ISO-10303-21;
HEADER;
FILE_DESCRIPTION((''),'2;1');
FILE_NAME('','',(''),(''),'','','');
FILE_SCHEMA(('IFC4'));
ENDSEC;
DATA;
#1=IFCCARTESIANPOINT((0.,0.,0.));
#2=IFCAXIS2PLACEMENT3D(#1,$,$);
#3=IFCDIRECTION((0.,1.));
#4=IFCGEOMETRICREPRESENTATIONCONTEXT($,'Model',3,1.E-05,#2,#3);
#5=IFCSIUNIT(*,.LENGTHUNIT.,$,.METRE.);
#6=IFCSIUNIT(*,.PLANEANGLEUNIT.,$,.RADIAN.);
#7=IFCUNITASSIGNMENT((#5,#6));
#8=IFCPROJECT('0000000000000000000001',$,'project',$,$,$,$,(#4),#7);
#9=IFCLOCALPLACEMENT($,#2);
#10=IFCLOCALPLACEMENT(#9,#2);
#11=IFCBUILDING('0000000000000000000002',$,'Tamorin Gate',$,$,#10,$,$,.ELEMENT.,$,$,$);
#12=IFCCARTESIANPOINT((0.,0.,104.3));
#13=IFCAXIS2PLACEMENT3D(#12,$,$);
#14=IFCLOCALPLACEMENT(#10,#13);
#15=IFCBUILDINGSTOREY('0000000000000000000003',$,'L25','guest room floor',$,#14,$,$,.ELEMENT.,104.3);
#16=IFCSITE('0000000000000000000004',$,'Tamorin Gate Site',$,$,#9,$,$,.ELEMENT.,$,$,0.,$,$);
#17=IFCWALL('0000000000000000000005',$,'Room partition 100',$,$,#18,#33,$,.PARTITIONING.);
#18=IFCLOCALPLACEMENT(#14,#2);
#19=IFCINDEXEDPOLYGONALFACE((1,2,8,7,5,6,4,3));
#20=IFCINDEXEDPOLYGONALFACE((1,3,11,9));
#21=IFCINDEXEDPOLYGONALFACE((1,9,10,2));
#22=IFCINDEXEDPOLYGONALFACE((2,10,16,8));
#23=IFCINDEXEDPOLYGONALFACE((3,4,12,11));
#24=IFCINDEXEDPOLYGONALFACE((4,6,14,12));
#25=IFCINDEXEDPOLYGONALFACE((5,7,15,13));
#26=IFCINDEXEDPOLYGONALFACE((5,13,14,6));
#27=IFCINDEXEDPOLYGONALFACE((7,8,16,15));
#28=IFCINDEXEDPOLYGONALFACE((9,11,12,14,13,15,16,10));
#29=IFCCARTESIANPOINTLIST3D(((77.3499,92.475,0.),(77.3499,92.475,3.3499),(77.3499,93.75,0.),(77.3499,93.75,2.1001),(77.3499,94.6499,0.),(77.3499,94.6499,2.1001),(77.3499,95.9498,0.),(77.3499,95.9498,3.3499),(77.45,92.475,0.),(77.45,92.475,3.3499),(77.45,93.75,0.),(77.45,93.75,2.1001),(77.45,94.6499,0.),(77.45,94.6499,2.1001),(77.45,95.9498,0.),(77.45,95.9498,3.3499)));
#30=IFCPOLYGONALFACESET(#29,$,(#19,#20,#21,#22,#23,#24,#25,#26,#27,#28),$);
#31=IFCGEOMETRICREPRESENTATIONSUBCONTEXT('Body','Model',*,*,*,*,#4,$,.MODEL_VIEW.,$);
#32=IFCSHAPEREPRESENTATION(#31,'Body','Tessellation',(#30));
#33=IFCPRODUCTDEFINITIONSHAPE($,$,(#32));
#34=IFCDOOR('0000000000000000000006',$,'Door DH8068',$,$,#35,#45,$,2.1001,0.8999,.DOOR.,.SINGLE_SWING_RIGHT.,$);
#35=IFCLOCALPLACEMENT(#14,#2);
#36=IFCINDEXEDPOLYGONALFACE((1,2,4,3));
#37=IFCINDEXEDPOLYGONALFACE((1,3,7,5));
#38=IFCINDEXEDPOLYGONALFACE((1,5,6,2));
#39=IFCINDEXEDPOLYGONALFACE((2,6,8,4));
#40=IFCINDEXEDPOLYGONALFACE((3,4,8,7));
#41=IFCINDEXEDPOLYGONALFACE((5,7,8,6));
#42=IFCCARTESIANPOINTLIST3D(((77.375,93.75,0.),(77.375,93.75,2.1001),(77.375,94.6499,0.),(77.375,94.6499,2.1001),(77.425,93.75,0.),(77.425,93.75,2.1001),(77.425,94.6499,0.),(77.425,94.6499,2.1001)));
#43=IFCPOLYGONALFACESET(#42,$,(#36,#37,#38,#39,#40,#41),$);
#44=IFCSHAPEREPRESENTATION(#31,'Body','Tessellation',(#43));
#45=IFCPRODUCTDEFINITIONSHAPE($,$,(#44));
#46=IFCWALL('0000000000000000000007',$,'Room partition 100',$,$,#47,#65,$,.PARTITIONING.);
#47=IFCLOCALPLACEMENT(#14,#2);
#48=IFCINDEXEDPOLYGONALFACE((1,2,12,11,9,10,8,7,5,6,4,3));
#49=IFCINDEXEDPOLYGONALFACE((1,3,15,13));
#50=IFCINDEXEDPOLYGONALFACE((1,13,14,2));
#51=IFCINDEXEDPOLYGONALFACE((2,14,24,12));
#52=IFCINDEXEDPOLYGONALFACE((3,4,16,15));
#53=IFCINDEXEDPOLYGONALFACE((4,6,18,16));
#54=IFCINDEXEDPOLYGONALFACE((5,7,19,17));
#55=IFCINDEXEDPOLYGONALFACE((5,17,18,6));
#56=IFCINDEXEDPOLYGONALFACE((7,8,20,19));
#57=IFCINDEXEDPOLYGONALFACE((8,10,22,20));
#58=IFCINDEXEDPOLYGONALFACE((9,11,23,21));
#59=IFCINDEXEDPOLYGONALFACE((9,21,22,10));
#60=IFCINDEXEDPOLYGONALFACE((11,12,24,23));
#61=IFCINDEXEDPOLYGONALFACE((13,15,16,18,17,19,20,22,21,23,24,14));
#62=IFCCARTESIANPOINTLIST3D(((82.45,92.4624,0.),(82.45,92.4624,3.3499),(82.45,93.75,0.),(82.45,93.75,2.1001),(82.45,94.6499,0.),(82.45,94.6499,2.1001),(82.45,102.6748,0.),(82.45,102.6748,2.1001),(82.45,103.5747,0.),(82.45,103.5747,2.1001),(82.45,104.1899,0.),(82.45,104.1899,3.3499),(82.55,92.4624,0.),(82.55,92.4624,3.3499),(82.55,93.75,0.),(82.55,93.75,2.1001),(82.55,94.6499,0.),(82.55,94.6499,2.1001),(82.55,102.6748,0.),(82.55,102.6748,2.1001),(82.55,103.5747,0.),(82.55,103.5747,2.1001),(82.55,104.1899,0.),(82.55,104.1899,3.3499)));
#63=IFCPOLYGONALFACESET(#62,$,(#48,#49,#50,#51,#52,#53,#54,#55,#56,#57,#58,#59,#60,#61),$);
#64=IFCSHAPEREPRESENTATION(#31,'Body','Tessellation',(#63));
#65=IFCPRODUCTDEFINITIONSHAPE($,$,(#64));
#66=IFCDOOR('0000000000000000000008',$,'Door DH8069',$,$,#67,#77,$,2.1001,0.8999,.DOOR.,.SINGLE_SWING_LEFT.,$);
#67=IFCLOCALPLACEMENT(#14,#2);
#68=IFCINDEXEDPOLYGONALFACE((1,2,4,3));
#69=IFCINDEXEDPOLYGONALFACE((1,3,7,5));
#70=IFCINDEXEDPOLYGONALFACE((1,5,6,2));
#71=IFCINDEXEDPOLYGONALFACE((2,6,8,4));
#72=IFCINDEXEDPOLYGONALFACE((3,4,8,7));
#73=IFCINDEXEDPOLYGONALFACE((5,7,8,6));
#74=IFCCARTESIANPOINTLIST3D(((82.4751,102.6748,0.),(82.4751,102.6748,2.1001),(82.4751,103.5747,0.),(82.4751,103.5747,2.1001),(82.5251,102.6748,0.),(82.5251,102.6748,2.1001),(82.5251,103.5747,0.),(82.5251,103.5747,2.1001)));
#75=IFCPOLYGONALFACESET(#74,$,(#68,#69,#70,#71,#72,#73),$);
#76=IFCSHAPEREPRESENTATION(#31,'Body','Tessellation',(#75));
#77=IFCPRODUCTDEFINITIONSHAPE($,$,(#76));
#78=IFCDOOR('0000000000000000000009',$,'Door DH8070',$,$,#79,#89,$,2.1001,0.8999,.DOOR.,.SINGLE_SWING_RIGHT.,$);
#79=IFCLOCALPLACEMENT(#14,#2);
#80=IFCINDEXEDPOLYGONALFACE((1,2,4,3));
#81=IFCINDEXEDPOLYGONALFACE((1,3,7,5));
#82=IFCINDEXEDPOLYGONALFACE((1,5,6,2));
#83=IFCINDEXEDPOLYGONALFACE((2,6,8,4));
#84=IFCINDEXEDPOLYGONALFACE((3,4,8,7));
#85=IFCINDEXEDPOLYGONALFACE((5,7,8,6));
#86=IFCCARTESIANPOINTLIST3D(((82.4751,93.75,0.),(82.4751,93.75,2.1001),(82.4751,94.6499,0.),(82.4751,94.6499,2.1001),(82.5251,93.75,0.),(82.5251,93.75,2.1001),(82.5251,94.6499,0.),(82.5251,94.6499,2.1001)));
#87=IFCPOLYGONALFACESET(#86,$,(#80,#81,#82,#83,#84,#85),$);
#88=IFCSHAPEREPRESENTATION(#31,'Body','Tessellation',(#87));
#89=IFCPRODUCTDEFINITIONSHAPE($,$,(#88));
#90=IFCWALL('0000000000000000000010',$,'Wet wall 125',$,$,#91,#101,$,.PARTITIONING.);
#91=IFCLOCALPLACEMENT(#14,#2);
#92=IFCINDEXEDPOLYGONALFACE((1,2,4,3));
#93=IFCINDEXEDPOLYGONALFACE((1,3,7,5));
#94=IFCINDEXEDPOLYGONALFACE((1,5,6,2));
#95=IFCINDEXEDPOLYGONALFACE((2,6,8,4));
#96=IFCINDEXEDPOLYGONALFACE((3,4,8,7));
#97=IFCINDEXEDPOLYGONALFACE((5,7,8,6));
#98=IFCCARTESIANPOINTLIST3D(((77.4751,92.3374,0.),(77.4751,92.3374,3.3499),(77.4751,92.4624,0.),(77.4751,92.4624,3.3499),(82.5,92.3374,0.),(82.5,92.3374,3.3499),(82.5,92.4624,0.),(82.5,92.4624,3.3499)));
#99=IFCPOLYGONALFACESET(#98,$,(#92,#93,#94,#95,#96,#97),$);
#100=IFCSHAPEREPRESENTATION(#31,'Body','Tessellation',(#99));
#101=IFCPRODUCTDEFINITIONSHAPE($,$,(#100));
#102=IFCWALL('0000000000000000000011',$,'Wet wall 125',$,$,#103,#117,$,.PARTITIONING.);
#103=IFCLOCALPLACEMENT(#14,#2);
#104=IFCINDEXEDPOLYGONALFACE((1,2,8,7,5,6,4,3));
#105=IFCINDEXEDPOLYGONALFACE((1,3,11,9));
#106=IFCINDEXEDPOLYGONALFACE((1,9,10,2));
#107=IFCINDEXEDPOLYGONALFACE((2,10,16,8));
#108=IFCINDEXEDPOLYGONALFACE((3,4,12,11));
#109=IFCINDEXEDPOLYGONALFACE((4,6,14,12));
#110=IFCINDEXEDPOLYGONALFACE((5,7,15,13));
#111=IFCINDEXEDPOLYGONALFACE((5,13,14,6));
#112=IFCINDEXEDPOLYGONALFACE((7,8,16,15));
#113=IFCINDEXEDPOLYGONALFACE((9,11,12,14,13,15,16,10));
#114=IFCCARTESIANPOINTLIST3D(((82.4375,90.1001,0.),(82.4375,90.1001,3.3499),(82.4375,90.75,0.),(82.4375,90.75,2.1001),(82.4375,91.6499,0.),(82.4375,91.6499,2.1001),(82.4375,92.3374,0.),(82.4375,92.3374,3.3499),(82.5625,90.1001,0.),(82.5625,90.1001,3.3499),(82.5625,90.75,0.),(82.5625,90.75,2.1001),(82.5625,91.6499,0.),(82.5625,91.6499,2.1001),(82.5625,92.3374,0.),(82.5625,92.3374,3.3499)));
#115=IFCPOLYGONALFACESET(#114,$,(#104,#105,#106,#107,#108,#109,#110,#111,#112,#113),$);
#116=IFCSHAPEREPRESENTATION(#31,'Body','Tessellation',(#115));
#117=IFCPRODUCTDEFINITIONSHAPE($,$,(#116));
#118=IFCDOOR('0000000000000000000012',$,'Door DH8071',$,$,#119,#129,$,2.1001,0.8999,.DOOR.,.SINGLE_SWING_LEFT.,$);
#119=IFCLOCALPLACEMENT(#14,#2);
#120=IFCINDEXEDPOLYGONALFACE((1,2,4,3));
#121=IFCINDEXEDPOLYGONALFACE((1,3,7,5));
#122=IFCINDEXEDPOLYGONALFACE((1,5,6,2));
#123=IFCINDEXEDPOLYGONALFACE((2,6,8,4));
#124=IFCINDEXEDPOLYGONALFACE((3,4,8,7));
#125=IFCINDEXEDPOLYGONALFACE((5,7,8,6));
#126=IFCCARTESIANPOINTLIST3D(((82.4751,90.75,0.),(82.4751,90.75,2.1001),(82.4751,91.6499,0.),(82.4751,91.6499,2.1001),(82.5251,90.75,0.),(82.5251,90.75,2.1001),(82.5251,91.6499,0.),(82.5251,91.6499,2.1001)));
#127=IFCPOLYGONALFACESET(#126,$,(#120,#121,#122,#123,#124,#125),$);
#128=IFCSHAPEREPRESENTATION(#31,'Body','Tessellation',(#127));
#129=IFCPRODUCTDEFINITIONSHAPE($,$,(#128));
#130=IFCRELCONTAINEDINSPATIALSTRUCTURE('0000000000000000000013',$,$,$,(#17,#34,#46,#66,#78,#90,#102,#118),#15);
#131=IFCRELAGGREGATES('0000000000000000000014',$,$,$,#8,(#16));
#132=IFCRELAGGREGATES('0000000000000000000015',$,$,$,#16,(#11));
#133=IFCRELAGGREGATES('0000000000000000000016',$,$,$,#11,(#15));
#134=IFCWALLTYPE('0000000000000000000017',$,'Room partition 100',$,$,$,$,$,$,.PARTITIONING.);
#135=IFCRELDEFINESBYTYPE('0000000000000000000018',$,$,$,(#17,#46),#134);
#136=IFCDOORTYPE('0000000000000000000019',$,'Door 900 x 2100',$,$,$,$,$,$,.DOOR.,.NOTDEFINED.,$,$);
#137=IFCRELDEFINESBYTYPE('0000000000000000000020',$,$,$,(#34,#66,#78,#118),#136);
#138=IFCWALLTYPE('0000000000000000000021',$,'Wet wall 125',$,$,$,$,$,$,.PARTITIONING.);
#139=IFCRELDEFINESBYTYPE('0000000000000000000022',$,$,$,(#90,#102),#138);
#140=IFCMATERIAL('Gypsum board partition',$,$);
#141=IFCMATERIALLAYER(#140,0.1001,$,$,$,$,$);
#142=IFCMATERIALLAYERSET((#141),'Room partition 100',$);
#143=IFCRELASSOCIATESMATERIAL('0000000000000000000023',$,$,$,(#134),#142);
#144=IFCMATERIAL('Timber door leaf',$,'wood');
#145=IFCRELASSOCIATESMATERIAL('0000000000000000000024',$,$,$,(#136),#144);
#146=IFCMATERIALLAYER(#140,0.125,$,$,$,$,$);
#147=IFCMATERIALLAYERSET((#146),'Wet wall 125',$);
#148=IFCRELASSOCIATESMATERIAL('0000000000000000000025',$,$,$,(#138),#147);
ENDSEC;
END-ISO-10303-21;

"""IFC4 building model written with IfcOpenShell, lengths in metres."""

from ifc_helpers import new_model, si_unit, direction, frame, frame_2d, origin, place, context, subcontext, project, spatial, rectangle, extrude, material, layer, layer_set, type_object, element, fill, save


model = new_model("IFC4")

# Units and contexts
model_context = context("Model", 3, precision=1e-05, world=origin(), true_north=direction((0.0, 1.0)))
body_context = subcontext(model_context, "Body", "Model", "MODEL_VIEW")
ifc_project = project(units=[si_unit("LENGTHUNIT", "METRE"), si_unit("PLANEANGLEUNIT", "RADIAN")], contexts=[model_context])

# Site, building, storey
site_placement = place(None, origin())
site = spatial("IfcSite", under=ifc_project, at=site_placement, Name="Tamorin Gate Site", CompositionType="ELEMENT", RefElevation=0.0)
building_placement = place(site_placement, origin())
building = spatial("IfcBuilding", under=site, at=building_placement, Name="Tamorin Gate", CompositionType="ELEMENT")
storey_placement = place(building_placement, frame((0.0, 0.0, 104.3)))
storey = spatial("IfcBuildingStorey", under=building, at=storey_placement, Name="L25", Description="guest room floor", CompositionType="ELEMENT", Elevation=104.3)

# Shared definitions
ifc_material_1 = material(Name="Gypsum board partition")

# Wall, opening, door
ifc_layer_1 = layer(ifc_material_1, 0.1001)
ifc_layer_set_1 = layer_set([ifc_layer_1], Name="Room partition 100")
wall_type_1 = type_object("IfcWallType", Name="Room partition 100", PredefinedType="PARTITIONING", material=ifc_layer_set_1)
ifc_material_2 = material(Name="Timber door leaf", Category="wood")
door_type = type_object("IfcDoorType", Name="Door 900 x 2100", OperationType="NOTDEFINED", PredefinedType="DOOR", material=ifc_material_2)
wall_1_placement = place(storey_placement, frame((77.3999, 92.4751, 0.0), z_axis=(0.0, 0.0, 1.0), x_axis=(0.0, 1.0, 0.0)))
wall_1 = element("IfcWall", 1, at=wall_1_placement, inside=storey, type_object=wall_type_1, Name="Room partition 100", PredefinedType="PARTITIONING", context=body_context, shape_type="SweptSolid", body=[
    extrude(rectangle(XDim=3.4749, YDim=0.1001, at=frame_2d((1.7373, 0.0))), origin(), (0.0, 0.0, 1.0), 3.3499),
])
opening_1_placement = place(wall_1_placement, frame((1.2749, 0.0, 0.0)))
opening_1 = element("IfcOpeningElement", 2, at=opening_1_placement, cuts=wall_1, PredefinedType="OPENING", context=body_context, shape_type="SweptSolid", body=[
    extrude(rectangle(XDim=0.8999, YDim=2.1001, at=frame_2d((0.45, 1.05))), frame((0.0, 0.0601, 0.0), z_axis=(0.0, -1.0, 0.0), x_axis=(1.0, 0.0, 0.0)), (0.0, 0.0, 1.0), 0.1201),
])
door_1_placement = place(opening_1_placement, origin())
door_1 = element("IfcDoor", 3, at=door_1_placement, inside=storey, type_object=door_type, Name="Door DH8068", OperationType="SINGLE_SWING_RIGHT", OverallHeight=2.1001, OverallWidth=0.8999, PredefinedType="DOOR", context=body_context, shape_type="SweptSolid", body=[
    extrude(rectangle(XDim=0.8999, YDim=2.1001, at=frame_2d((0.45, 1.05))), frame((0.0, 0.0249, 0.0), z_axis=(0.0, -1.0, 0.0), x_axis=(1.0, 0.0, 0.0)), (0.0, 0.0, 1.0), 0.05),
])
fill(opening_1, door_1)

# Wall, openings, doors
wall_2_placement = place(storey_placement, frame((82.5, 92.4624, 0.0), z_axis=(0.0, 0.0, 1.0), x_axis=(0.0, 1.0, 0.0)))
wall_2 = element("IfcWall", 4, at=wall_2_placement, inside=storey, type_object=wall_type_1, Name="Room partition 100", PredefinedType="PARTITIONING", context=body_context, shape_type="SweptSolid", body=[
    extrude(rectangle(XDim=11.7275, YDim=0.1001, at=frame_2d((5.8638, 0.0))), origin(), (0.0, 0.0, 1.0), 3.3499),
])
opening_2_placement = place(wall_2_placement, frame((10.2124, 0.0, 0.0)))
opening_2 = element("IfcOpeningElement", 5, at=opening_2_placement, cuts=wall_2, PredefinedType="OPENING", context=body_context, shape_type="SweptSolid", body=[
    extrude(rectangle(XDim=0.8999, YDim=2.1001, at=frame_2d((0.45, 1.05))), frame((0.0, 0.0601, 0.0), z_axis=(0.0, -1.0, 0.0), x_axis=(1.0, 0.0, 0.0)), (0.0, 0.0, 1.0), 0.1201),
])
opening_3_placement = place(wall_2_placement, frame((1.2876, 0.0, 0.0)))
opening_3 = element("IfcOpeningElement", 6, at=opening_3_placement, cuts=wall_2, PredefinedType="OPENING", context=body_context, shape_type="SweptSolid", body=[
    extrude(rectangle(XDim=0.8999, YDim=2.1001, at=frame_2d((0.45, 1.05))), frame((0.0, 0.0601, 0.0), z_axis=(0.0, -1.0, 0.0), x_axis=(1.0, 0.0, 0.0)), (0.0, 0.0, 1.0), 0.1201),
])
door_2_placement = place(opening_2_placement, origin())
door_2 = element("IfcDoor", 7, at=door_2_placement, inside=storey, type_object=door_type, Name="Door DH8069", OperationType="SINGLE_SWING_LEFT", OverallHeight=2.1001, OverallWidth=0.8999, PredefinedType="DOOR", context=body_context, shape_type="SweptSolid", body=[
    extrude(rectangle(XDim=0.8999, YDim=2.1001, at=frame_2d((0.45, 1.05))), frame((0.0, 0.0249, 0.0), z_axis=(0.0, -1.0, 0.0), x_axis=(1.0, 0.0, 0.0)), (0.0, 0.0, 1.0), 0.05),
])
fill(opening_2, door_2)
door_3_placement = place(opening_3_placement, origin())
door_3 = element("IfcDoor", 8, at=door_3_placement, inside=storey, type_object=door_type, Name="Door DH8070", OperationType="SINGLE_SWING_RIGHT", OverallHeight=2.1001, OverallWidth=0.8999, PredefinedType="DOOR", context=body_context, shape_type="SweptSolid", body=[
    extrude(rectangle(XDim=0.8999, YDim=2.1001, at=frame_2d((0.45, 1.05))), frame((0.0, 0.0249, 0.0), z_axis=(0.0, -1.0, 0.0), x_axis=(1.0, 0.0, 0.0)), (0.0, 0.0, 1.0), 0.05),
])
fill(opening_3, door_3)

# Wall
ifc_layer_2 = layer(ifc_material_1, 0.125)
ifc_layer_set_2 = layer_set([ifc_layer_2], Name="Wet wall 125")
wall_type_2 = type_object("IfcWallType", Name="Wet wall 125", PredefinedType="PARTITIONING", material=ifc_layer_set_2)
wall_3_placement = place(storey_placement, frame((77.4751, 92.3999, 0.0), z_axis=(0.0, 0.0, 1.0), x_axis=(1.0, 0.0, 0.0)))
element("IfcWall", 9, at=wall_3_placement, inside=storey, type_object=wall_type_2, Name="Wet wall 125", PredefinedType="PARTITIONING", context=body_context, shape_type="SweptSolid", body=[
    extrude(rectangle(XDim=5.0249, YDim=0.125, at=frame_2d((2.5125, 0.0))), origin(), (0.0, 0.0, 1.0), 3.3499),
])

# Wall, opening, door
wall_4_placement = place(storey_placement, frame((82.5, 90.1001, 0.0), z_axis=(0.0, 0.0, 1.0), x_axis=(0.0, 1.0, 0.0)))
wall_4 = element("IfcWall", 10, at=wall_4_placement, inside=storey, type_object=wall_type_2, Name="Wet wall 125", PredefinedType="PARTITIONING", context=body_context, shape_type="SweptSolid", body=[
    extrude(rectangle(XDim=2.2373, YDim=0.125, at=frame_2d((1.1187, 0.0))), origin(), (0.0, 0.0, 1.0), 3.3499),
])
opening_4_placement = place(wall_4_placement, frame((0.6499, 0.0, 0.0)))
opening_4 = element("IfcOpeningElement", 11, at=opening_4_placement, cuts=wall_4, PredefinedType="OPENING", context=body_context, shape_type="SweptSolid", body=[
    extrude(rectangle(XDim=0.8999, YDim=2.1001, at=frame_2d((0.45, 1.05))), frame((0.0, 0.0725, 0.0), z_axis=(0.0, -1.0, 0.0), x_axis=(1.0, 0.0, 0.0)), (0.0, 0.0, 1.0), 0.145),
])
door_4_placement = place(opening_4_placement, origin())
door_4 = element("IfcDoor", 12, at=door_4_placement, inside=storey, type_object=door_type, Name="Door DH8071", OperationType="SINGLE_SWING_LEFT", OverallHeight=2.1001, OverallWidth=0.8999, PredefinedType="DOOR", context=body_context, shape_type="SweptSolid", body=[
    extrude(rectangle(XDim=0.8999, YDim=2.1001, at=frame_2d((0.45, 1.05))), frame((0.0, 0.0249, 0.0), z_axis=(0.0, -1.0, 0.0), x_axis=(1.0, 0.0, 0.0)), (0.0, 0.0, 1.0), 0.05),
])
fill(opening_4, door_4)

save(model, "model.ifc")
